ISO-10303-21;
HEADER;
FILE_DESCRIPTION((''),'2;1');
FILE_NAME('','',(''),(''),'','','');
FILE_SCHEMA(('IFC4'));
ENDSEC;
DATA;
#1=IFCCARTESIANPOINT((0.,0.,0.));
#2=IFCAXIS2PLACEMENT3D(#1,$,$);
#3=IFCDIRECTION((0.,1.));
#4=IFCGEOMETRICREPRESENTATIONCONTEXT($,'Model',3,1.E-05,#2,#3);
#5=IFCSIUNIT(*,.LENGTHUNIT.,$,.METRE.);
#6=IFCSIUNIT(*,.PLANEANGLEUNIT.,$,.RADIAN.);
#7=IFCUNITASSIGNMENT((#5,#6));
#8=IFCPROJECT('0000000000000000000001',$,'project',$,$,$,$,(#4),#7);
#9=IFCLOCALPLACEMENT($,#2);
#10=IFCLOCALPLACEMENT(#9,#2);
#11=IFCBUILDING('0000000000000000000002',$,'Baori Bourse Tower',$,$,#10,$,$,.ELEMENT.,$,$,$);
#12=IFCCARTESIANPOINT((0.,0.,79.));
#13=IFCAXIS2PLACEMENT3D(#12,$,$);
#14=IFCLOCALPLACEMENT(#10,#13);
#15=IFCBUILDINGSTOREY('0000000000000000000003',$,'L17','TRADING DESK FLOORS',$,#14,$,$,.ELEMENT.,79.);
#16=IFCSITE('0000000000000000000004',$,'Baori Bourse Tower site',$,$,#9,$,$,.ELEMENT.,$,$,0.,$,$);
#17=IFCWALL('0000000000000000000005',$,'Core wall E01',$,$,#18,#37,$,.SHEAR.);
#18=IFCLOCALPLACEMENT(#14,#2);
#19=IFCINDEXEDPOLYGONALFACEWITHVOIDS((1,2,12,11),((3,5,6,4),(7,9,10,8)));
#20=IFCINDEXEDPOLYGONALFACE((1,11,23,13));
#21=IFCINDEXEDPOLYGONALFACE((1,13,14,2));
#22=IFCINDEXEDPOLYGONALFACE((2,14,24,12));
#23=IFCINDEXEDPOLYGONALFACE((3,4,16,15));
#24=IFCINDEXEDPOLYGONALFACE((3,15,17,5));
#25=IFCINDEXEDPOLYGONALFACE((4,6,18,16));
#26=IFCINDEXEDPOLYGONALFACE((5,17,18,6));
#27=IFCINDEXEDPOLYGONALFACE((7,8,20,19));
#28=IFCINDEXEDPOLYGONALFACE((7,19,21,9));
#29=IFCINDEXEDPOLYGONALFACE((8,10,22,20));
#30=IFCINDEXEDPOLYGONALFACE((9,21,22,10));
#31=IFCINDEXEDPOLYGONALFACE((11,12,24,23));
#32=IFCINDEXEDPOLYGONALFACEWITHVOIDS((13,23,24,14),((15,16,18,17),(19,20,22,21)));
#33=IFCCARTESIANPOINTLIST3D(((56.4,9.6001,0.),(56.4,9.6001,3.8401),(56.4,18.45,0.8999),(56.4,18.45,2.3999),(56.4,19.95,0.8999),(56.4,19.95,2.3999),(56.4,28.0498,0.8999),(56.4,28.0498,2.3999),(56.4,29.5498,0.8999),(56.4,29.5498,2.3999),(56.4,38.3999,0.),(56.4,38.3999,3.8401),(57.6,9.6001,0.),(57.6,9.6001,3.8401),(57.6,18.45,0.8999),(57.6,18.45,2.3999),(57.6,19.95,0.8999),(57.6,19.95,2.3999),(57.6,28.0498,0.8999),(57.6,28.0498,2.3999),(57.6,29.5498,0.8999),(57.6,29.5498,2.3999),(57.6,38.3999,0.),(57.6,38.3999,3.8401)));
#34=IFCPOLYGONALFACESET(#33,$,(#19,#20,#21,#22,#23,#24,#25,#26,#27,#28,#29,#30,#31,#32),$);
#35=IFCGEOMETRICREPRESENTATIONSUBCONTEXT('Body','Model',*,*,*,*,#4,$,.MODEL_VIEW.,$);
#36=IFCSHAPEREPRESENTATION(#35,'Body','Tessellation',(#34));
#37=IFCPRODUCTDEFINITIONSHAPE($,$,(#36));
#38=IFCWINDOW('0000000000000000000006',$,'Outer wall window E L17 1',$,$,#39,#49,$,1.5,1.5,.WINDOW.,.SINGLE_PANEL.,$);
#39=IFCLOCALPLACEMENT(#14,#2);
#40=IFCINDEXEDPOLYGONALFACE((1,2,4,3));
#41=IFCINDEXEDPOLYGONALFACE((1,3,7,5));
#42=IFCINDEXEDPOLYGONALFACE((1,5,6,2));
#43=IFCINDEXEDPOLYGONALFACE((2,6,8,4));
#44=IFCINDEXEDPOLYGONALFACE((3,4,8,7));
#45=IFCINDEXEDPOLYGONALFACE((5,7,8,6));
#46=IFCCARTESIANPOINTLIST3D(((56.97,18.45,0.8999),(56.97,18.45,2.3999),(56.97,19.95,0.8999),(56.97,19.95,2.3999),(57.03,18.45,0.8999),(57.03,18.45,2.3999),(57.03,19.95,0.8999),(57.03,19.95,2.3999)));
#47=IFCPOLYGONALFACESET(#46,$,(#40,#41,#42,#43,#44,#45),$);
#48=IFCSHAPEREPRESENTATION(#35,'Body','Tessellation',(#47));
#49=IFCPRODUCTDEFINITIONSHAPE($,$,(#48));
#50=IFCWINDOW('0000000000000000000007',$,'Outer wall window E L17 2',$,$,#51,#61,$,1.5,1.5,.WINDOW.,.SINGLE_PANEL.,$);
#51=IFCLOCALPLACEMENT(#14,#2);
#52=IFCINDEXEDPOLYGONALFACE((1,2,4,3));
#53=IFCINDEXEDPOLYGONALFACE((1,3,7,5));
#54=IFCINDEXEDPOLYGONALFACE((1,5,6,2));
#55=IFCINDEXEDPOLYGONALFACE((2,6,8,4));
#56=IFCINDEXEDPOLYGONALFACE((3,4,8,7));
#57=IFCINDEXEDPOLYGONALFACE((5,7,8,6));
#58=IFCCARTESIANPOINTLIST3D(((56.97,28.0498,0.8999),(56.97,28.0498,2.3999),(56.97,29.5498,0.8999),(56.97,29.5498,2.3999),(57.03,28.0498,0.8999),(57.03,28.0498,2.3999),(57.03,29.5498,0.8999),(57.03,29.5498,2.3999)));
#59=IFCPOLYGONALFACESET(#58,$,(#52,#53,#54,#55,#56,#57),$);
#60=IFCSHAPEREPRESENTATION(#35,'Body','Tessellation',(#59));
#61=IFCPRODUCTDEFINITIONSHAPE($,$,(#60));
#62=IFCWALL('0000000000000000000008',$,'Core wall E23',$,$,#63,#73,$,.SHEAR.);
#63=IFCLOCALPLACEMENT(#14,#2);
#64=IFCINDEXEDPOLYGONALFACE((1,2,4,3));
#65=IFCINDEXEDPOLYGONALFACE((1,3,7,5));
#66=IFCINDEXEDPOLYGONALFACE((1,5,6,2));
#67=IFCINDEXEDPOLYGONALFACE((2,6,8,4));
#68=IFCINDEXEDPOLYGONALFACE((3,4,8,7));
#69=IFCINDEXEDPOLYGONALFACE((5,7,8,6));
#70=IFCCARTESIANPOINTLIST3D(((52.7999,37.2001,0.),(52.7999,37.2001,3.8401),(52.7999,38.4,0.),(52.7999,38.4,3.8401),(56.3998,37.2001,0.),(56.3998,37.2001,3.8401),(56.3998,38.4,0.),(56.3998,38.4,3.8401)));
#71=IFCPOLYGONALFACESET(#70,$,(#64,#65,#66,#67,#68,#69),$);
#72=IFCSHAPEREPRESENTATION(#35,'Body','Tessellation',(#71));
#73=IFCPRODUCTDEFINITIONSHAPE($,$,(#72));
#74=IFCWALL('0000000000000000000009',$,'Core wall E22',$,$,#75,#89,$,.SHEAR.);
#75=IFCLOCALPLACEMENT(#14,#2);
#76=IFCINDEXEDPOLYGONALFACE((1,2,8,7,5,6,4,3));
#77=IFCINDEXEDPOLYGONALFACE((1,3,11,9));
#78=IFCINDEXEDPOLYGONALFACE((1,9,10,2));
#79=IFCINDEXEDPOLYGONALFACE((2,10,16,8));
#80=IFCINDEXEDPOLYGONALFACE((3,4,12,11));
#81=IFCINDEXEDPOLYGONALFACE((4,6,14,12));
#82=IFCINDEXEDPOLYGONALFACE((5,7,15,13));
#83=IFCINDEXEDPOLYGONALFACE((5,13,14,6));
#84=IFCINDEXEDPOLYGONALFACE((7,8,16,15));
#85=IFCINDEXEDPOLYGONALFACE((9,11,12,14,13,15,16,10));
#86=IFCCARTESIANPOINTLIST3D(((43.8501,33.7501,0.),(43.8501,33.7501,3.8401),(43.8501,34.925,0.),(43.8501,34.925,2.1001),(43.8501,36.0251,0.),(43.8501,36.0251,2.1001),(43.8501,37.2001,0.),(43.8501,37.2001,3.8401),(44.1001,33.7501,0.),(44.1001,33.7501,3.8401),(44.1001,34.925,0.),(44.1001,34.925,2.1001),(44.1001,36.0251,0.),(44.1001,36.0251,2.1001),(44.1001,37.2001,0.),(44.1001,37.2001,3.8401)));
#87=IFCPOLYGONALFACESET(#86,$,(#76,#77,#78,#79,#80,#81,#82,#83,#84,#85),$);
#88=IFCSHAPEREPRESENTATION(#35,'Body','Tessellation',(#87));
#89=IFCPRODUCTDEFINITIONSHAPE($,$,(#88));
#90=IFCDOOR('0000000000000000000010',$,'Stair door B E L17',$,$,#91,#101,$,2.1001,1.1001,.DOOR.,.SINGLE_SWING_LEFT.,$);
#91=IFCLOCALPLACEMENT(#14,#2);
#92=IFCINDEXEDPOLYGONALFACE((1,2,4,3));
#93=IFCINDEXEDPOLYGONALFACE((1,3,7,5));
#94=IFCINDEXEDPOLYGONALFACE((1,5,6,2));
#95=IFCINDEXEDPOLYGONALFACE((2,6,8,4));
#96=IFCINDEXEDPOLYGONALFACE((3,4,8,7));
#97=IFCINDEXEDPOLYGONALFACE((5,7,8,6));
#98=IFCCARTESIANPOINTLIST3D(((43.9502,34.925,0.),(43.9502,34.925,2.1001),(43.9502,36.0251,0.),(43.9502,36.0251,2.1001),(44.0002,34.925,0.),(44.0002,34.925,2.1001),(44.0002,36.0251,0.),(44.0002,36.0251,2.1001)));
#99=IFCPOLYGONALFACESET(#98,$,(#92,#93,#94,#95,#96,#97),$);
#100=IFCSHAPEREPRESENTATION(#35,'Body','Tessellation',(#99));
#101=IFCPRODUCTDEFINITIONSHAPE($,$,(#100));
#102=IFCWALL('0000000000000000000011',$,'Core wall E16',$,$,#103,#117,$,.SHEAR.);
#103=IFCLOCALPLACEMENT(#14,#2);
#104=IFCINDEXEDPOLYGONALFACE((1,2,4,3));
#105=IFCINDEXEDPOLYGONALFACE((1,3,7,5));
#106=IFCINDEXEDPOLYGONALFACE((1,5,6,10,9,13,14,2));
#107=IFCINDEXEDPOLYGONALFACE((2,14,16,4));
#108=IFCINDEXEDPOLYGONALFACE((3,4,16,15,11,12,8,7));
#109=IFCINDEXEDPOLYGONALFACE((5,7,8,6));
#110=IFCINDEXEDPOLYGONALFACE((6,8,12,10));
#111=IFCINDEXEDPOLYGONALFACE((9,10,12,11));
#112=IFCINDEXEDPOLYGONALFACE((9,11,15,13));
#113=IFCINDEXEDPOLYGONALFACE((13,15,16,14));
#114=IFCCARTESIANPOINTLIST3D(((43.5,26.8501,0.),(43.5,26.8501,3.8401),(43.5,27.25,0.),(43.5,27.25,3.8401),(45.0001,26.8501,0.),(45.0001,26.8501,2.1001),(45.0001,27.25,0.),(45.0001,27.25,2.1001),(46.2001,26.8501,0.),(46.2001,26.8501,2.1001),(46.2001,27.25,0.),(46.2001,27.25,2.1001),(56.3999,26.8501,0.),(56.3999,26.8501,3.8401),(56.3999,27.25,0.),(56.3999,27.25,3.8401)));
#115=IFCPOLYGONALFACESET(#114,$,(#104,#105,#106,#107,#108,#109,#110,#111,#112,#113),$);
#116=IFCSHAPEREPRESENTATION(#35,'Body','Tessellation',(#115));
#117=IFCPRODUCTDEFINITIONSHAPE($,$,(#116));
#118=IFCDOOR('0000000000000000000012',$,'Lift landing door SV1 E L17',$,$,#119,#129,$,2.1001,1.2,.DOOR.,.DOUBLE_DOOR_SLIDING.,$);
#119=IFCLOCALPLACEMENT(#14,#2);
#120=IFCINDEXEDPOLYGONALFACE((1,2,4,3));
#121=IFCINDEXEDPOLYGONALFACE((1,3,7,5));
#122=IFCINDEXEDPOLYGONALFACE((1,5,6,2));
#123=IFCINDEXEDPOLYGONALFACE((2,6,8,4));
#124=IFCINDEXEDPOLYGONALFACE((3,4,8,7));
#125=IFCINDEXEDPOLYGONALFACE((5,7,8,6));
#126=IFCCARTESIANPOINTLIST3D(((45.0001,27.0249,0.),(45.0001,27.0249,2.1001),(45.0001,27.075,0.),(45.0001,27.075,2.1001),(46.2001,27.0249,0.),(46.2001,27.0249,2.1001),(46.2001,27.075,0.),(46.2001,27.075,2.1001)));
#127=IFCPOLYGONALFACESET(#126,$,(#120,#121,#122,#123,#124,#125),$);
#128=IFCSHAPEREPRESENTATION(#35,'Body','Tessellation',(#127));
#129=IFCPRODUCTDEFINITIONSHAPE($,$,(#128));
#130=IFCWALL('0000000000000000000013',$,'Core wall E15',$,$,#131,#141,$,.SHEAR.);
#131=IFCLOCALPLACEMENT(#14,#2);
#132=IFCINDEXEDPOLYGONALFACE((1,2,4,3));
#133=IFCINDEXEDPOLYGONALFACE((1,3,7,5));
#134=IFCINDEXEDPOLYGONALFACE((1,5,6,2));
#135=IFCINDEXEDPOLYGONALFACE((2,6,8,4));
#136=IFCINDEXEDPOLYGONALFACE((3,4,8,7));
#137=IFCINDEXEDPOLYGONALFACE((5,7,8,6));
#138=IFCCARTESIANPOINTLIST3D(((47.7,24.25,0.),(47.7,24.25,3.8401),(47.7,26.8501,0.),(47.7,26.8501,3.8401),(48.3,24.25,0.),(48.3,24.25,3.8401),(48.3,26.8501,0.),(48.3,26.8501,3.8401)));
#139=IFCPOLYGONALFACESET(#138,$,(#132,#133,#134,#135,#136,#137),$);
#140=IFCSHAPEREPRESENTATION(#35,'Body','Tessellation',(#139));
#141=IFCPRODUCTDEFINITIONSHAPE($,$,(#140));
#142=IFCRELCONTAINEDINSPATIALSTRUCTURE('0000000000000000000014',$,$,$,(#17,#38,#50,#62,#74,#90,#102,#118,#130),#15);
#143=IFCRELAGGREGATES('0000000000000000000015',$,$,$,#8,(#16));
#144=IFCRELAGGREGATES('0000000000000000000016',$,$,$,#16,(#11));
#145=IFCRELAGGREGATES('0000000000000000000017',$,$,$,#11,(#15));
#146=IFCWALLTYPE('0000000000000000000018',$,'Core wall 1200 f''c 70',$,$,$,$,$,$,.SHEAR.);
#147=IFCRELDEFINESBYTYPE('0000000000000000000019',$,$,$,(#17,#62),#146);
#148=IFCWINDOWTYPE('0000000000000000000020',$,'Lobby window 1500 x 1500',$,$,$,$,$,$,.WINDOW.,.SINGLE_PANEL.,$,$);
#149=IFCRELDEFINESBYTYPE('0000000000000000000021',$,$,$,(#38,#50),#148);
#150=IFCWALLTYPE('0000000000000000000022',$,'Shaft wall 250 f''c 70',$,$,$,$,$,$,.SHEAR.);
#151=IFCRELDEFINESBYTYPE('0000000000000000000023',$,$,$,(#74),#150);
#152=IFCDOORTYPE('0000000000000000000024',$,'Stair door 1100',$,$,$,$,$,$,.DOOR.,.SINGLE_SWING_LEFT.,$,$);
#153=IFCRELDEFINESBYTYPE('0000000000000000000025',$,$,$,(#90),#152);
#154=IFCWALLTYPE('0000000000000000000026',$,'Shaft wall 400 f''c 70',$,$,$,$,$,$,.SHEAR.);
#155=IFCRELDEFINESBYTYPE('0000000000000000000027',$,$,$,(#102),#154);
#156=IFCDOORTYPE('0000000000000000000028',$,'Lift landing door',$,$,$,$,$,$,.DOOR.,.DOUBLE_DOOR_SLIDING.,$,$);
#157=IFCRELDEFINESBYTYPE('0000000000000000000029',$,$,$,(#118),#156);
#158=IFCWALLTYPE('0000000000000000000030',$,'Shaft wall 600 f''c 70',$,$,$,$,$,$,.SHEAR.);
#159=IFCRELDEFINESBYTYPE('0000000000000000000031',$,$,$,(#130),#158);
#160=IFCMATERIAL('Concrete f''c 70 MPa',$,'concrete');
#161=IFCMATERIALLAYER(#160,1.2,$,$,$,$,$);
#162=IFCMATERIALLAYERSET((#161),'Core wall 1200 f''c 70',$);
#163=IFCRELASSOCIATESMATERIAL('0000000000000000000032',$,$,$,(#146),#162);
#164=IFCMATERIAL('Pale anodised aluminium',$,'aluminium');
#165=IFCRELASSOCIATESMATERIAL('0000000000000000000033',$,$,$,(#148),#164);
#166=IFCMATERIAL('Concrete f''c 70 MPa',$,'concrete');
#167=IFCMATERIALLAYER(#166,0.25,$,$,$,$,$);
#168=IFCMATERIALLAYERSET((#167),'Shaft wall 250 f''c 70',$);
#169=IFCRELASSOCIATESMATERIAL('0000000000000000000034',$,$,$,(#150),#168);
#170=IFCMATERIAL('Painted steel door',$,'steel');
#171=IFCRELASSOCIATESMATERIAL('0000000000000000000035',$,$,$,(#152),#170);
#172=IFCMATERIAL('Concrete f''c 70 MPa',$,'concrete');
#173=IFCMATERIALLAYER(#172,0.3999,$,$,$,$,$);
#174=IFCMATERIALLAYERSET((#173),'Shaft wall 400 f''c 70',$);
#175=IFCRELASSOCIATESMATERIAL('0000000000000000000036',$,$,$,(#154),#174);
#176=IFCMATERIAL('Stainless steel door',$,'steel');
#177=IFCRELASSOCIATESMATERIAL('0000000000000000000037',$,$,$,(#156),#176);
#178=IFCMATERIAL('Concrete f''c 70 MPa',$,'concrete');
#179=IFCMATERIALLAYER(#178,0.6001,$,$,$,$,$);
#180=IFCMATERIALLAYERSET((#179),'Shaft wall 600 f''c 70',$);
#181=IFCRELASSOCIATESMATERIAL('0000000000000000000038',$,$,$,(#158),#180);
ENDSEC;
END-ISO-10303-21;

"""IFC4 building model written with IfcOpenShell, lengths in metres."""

from ifc_helpers import new_model, si_unit, direction, frame, frame_2d, origin, place, context, subcontext, project, spatial, rectangle, extrude, material, layer, layer_set, type_object, element, fill, save


model = new_model("IFC4")

# Units and contexts
model_context = context("Model", 3, precision=1e-05, world=origin(), true_north=direction((0.0, 1.0)))
body_context = subcontext(model_context, "Body", "Model", "MODEL_VIEW")
ifc_project = project(units=[si_unit("LENGTHUNIT", "METRE"), si_unit("PLANEANGLEUNIT", "RADIAN")], contexts=[model_context])

# Site, building, storey
site_placement = place(None, origin())
site = spatial("IfcSite", under=ifc_project, at=site_placement, Name="Baori Bourse Tower site", CompositionType="ELEMENT", RefElevation=0.0)
building_placement = place(site_placement, origin())
building = spatial("IfcBuilding", under=site, at=building_placement, Name="Baori Bourse Tower", CompositionType="ELEMENT")
storey_placement = place(building_placement, frame((0.0, 0.0, 79.0)))
storey = spatial("IfcBuildingStorey", under=building, at=storey_placement, Name="L17", Description="TRADING DESK FLOORS", CompositionType="ELEMENT", Elevation=79.0)

# Wall, openings, windows
ifc_material_1 = material(Name="Concrete f'c 70 MPa", Category="concrete")
ifc_layer_1 = layer(ifc_material_1, 1.2)
ifc_layer_set_1 = layer_set([ifc_layer_1], Name="Core wall 1200 f'c 70")
wall_type_1 = type_object("IfcWallType", Name="Core wall 1200 f'c 70", PredefinedType="SHEAR", material=ifc_layer_set_1)
wall_1_placement = place(storey_placement, frame((57.0, 38.3999, 0.0), z_axis=(0.0, 0.0, 1.0), x_axis=(0.0, -1.0, 0.0)))
wall_1 = element("IfcWall", 1, at=wall_1_placement, inside=storey, type_object=wall_type_1, Name="Core wall E01", PredefinedType="SHEAR", context=body_context, shape_type="SweptSolid", body=[
    extrude(rectangle(XDim=28.7998, YDim=1.2, at=frame_2d((14.3999, 0.0))), origin(), (0.0, 0.0, 1.0), 3.8401),
])
opening_1_placement = place(wall_1_placement, frame((18.45, 0.0, 0.8999)))
opening_1 = element("IfcOpeningElement", 2, at=opening_1_placement, cuts=wall_1, PredefinedType="OPENING", context=body_context, shape_type="SweptSolid", body=[
    extrude(rectangle(XDim=1.5, YDim=1.5, at=frame_2d((0.75, 0.75))), frame((0.0, 0.6099, 0.0), z_axis=(0.0, -1.0, 0.0), x_axis=(1.0, 0.0, 0.0)), (0.0, 0.0, 1.0), 1.22),
])
opening_2_placement = place(wall_1_placement, frame((8.8501, 0.0, 0.8999)))
opening_2 = element("IfcOpeningElement", 3, at=opening_2_placement, cuts=wall_1, PredefinedType="OPENING", context=body_context, shape_type="SweptSolid", body=[
    extrude(rectangle(XDim=1.5, YDim=1.5, at=frame_2d((0.75, 0.75))), frame((0.0, 0.6099, 0.0), z_axis=(0.0, -1.0, 0.0), x_axis=(1.0, 0.0, 0.0)), (0.0, 0.0, 1.0), 1.22),
])
ifc_material_2 = material(Name="Pale anodised aluminium", Category="aluminium")
window_type = type_object("IfcWindowType", Name="Lobby window 1500 x 1500", PartitioningType="SINGLE_PANEL", PredefinedType="WINDOW", material=ifc_material_2)
window_1_placement = place(opening_1_placement, origin())
window_1 = element("IfcWindow", 4, at=window_1_placement, inside=storey, type_object=window_type, Name="Outer wall window E L17 1", OverallHeight=1.5, OverallWidth=1.5, PartitioningType="SINGLE_PANEL", PredefinedType="WINDOW", context=body_context, shape_type="SweptSolid", body=[
    extrude(rectangle(XDim=1.5, YDim=1.5, at=frame_2d((0.75, 0.75))), frame((0.0, 0.03, 0.0), z_axis=(0.0, -1.0, 0.0), x_axis=(1.0, 0.0, 0.0)), (0.0, 0.0, 1.0), 0.0601),
])
fill(opening_1, window_1)
window_2_placement = place(opening_2_placement, origin())
window_2 = element("IfcWindow", 5, at=window_2_placement, inside=storey, type_object=window_type, Name="Outer wall window E L17 2", OverallHeight=1.5, OverallWidth=1.5, PartitioningType="SINGLE_PANEL", PredefinedType="WINDOW", context=body_context, shape_type="SweptSolid", body=[
    extrude(rectangle(XDim=1.5, YDim=1.5, at=frame_2d((0.75, 0.75))), frame((0.0, 0.03, 0.0), z_axis=(0.0, -1.0, 0.0), x_axis=(1.0, 0.0, 0.0)), (0.0, 0.0, 1.0), 0.0601),
])
fill(opening_2, window_2)

# Wall
wall_2_placement = place(storey_placement, frame((52.8, 37.8, 0.0), z_axis=(0.0, 0.0, 1.0), x_axis=(1.0, 0.0, 0.0)))
element("IfcWall", 6, at=wall_2_placement, inside=storey, type_object=wall_type_1, Name="Core wall E23", PredefinedType="SHEAR", context=body_context, shape_type="SweptSolid", body=[
    extrude(rectangle(XDim=3.5999, YDim=1.2, at=frame_2d((1.7998, 0.0))), origin(), (0.0, 0.0, 1.0), 3.8401),
])

# Walls, openings, doors
ifc_material_3 = material(Name="Concrete f'c 70 MPa", Category="concrete")
ifc_layer_2 = layer(ifc_material_3, 0.25)
ifc_layer_set_2 = layer_set([ifc_layer_2], Name="Shaft wall 250 f'c 70")
wall_type_2 = type_object("IfcWallType", Name="Shaft wall 250 f'c 70", PredefinedType="SHEAR", material=ifc_layer_set_2)
wall_3_placement = place(storey_placement, frame((43.9751, 33.75, 0.0), z_axis=(0.0, 0.0, 1.0), x_axis=(0.0, 1.0, 0.0)))
wall_3 = element("IfcWall", 7, at=wall_3_placement, inside=storey, type_object=wall_type_2, Name="Core wall E22", PredefinedType="SHEAR", context=body_context, shape_type="SweptSolid", body=[
    extrude(rectangle(XDim=3.45, YDim=0.25, at=frame_2d((1.7251, 0.0))), origin(), (0.0, 0.0, 1.0), 3.8401),
])
opening_3_placement = place(wall_3_placement, frame((1.175, 0.0, 0.0)))
opening_3 = element("IfcOpeningElement", 8, at=opening_3_placement, cuts=wall_3, PredefinedType="OPENING", context=body_context, shape_type="SweptSolid", body=[
    extrude(rectangle(XDim=1.1001, YDim=2.1001, at=frame_2d((0.55, 1.05))), frame((0.0, 0.135, 0.0), z_axis=(0.0, -1.0, 0.0), x_axis=(1.0, 0.0, 0.0)), (0.0, 0.0, 1.0), 0.27),
])
ifc_material_4 = material(Name="Painted steel door", Category="steel")
door_type_1 = type_object("IfcDoorType", Name="Stair door 1100", OperationType="SINGLE_SWING_LEFT", PredefinedType="DOOR", material=ifc_material_4)
door_1_placement = place(opening_3_placement, origin())
door_1 = element("IfcDoor", 9, at=door_1_placement, inside=storey, type_object=door_type_1, Name="Stair door B E L17", OperationType="SINGLE_SWING_LEFT", OverallHeight=2.1001, OverallWidth=1.1001, PredefinedType="DOOR", context=body_context, shape_type="SweptSolid", body=[
    extrude(rectangle(XDim=1.1001, YDim=2.1001, at=frame_2d((0.55, 1.05))), frame((0.0, 0.0249, 0.0), z_axis=(0.0, -1.0, 0.0), x_axis=(1.0, 0.0, 0.0)), (0.0, 0.0, 1.0), 0.05),
])
fill(opening_3, door_1)
ifc_material_5 = material(Name="Concrete f'c 70 MPa", Category="concrete")
ifc_layer_3 = layer(ifc_material_5, 0.3999)
ifc_layer_set_3 = layer_set([ifc_layer_3], Name="Shaft wall 400 f'c 70")
wall_type_3 = type_object("IfcWallType", Name="Shaft wall 400 f'c 70", PredefinedType="SHEAR", material=ifc_layer_set_3)
wall_4_placement = place(storey_placement, frame((43.5, 27.05, 0.0), z_axis=(0.0, 0.0, 1.0), x_axis=(1.0, 0.0, 0.0)))
wall_4 = element("IfcWall", 10, at=wall_4_placement, inside=storey, type_object=wall_type_3, Name="Core wall E16", PredefinedType="SHEAR", context=body_context, shape_type="SweptSolid", body=[
    extrude(rectangle(XDim=12.8999, YDim=0.3999, at=frame_2d((6.45, 0.0))), origin(), (0.0, 0.0, 1.0), 3.8401),
])
opening_4_placement = place(wall_4_placement, frame((1.5, 0.0, 0.0)))
opening_4 = element("IfcOpeningElement", 11, at=opening_4_placement, cuts=wall_4, PredefinedType="OPENING", context=body_context, shape_type="SweptSolid", body=[
    extrude(rectangle(XDim=1.2, YDim=2.1001, at=frame_2d((0.6001, 1.05))), frame((0.0, 0.21, 0.0), z_axis=(0.0, -1.0, 0.0), x_axis=(1.0, 0.0, 0.0)), (0.0, 0.0, 1.0), 0.4199),
])
ifc_material_6 = material(Name="Stainless steel door", Category="steel")
door_type_2 = type_object("IfcDoorType", Name="Lift landing door", OperationType="DOUBLE_DOOR_SLIDING", PredefinedType="DOOR", material=ifc_material_6)
door_2_placement = place(opening_4_placement, origin())
door_2 = element("IfcDoor", 12, at=door_2_placement, inside=storey, type_object=door_type_2, Name="Lift landing door SV1 E L17", OperationType="DOUBLE_DOOR_SLIDING", OverallHeight=2.1001, OverallWidth=1.2, PredefinedType="DOOR", context=body_context, shape_type="SweptSolid", body=[
    extrude(rectangle(XDim=1.2, YDim=2.1001, at=frame_2d((0.6001, 1.05))), frame((0.0, 0.0249, 0.0), z_axis=(0.0, -1.0, 0.0), x_axis=(1.0, 0.0, 0.0)), (0.0, 0.0, 1.0), 0.05),
])
fill(opening_4, door_2)

# Wall
ifc_material_7 = material(Name="Concrete f'c 70 MPa", Category="concrete")
ifc_layer_4 = layer(ifc_material_7, 0.6001)
ifc_layer_set_4 = layer_set([ifc_layer_4], Name="Shaft wall 600 f'c 70")
wall_type_4 = type_object("IfcWallType", Name="Shaft wall 600 f'c 70", PredefinedType="SHEAR", material=ifc_layer_set_4)
wall_5_placement = place(storey_placement, frame((48.0, 24.25, 0.0), z_axis=(0.0, 0.0, 1.0), x_axis=(0.0, 1.0, 0.0)))
element("IfcWall", 13, at=wall_5_placement, inside=storey, type_object=wall_type_4, Name="Core wall E15", PredefinedType="SHEAR", context=body_context, shape_type="SweptSolid", body=[
    extrude(rectangle(XDim=2.6001, YDim=0.6001, at=frame_2d((1.3, 0.0))), origin(), (0.0, 0.0, 1.0), 3.8401),
])

save(model, "model.ifc")
